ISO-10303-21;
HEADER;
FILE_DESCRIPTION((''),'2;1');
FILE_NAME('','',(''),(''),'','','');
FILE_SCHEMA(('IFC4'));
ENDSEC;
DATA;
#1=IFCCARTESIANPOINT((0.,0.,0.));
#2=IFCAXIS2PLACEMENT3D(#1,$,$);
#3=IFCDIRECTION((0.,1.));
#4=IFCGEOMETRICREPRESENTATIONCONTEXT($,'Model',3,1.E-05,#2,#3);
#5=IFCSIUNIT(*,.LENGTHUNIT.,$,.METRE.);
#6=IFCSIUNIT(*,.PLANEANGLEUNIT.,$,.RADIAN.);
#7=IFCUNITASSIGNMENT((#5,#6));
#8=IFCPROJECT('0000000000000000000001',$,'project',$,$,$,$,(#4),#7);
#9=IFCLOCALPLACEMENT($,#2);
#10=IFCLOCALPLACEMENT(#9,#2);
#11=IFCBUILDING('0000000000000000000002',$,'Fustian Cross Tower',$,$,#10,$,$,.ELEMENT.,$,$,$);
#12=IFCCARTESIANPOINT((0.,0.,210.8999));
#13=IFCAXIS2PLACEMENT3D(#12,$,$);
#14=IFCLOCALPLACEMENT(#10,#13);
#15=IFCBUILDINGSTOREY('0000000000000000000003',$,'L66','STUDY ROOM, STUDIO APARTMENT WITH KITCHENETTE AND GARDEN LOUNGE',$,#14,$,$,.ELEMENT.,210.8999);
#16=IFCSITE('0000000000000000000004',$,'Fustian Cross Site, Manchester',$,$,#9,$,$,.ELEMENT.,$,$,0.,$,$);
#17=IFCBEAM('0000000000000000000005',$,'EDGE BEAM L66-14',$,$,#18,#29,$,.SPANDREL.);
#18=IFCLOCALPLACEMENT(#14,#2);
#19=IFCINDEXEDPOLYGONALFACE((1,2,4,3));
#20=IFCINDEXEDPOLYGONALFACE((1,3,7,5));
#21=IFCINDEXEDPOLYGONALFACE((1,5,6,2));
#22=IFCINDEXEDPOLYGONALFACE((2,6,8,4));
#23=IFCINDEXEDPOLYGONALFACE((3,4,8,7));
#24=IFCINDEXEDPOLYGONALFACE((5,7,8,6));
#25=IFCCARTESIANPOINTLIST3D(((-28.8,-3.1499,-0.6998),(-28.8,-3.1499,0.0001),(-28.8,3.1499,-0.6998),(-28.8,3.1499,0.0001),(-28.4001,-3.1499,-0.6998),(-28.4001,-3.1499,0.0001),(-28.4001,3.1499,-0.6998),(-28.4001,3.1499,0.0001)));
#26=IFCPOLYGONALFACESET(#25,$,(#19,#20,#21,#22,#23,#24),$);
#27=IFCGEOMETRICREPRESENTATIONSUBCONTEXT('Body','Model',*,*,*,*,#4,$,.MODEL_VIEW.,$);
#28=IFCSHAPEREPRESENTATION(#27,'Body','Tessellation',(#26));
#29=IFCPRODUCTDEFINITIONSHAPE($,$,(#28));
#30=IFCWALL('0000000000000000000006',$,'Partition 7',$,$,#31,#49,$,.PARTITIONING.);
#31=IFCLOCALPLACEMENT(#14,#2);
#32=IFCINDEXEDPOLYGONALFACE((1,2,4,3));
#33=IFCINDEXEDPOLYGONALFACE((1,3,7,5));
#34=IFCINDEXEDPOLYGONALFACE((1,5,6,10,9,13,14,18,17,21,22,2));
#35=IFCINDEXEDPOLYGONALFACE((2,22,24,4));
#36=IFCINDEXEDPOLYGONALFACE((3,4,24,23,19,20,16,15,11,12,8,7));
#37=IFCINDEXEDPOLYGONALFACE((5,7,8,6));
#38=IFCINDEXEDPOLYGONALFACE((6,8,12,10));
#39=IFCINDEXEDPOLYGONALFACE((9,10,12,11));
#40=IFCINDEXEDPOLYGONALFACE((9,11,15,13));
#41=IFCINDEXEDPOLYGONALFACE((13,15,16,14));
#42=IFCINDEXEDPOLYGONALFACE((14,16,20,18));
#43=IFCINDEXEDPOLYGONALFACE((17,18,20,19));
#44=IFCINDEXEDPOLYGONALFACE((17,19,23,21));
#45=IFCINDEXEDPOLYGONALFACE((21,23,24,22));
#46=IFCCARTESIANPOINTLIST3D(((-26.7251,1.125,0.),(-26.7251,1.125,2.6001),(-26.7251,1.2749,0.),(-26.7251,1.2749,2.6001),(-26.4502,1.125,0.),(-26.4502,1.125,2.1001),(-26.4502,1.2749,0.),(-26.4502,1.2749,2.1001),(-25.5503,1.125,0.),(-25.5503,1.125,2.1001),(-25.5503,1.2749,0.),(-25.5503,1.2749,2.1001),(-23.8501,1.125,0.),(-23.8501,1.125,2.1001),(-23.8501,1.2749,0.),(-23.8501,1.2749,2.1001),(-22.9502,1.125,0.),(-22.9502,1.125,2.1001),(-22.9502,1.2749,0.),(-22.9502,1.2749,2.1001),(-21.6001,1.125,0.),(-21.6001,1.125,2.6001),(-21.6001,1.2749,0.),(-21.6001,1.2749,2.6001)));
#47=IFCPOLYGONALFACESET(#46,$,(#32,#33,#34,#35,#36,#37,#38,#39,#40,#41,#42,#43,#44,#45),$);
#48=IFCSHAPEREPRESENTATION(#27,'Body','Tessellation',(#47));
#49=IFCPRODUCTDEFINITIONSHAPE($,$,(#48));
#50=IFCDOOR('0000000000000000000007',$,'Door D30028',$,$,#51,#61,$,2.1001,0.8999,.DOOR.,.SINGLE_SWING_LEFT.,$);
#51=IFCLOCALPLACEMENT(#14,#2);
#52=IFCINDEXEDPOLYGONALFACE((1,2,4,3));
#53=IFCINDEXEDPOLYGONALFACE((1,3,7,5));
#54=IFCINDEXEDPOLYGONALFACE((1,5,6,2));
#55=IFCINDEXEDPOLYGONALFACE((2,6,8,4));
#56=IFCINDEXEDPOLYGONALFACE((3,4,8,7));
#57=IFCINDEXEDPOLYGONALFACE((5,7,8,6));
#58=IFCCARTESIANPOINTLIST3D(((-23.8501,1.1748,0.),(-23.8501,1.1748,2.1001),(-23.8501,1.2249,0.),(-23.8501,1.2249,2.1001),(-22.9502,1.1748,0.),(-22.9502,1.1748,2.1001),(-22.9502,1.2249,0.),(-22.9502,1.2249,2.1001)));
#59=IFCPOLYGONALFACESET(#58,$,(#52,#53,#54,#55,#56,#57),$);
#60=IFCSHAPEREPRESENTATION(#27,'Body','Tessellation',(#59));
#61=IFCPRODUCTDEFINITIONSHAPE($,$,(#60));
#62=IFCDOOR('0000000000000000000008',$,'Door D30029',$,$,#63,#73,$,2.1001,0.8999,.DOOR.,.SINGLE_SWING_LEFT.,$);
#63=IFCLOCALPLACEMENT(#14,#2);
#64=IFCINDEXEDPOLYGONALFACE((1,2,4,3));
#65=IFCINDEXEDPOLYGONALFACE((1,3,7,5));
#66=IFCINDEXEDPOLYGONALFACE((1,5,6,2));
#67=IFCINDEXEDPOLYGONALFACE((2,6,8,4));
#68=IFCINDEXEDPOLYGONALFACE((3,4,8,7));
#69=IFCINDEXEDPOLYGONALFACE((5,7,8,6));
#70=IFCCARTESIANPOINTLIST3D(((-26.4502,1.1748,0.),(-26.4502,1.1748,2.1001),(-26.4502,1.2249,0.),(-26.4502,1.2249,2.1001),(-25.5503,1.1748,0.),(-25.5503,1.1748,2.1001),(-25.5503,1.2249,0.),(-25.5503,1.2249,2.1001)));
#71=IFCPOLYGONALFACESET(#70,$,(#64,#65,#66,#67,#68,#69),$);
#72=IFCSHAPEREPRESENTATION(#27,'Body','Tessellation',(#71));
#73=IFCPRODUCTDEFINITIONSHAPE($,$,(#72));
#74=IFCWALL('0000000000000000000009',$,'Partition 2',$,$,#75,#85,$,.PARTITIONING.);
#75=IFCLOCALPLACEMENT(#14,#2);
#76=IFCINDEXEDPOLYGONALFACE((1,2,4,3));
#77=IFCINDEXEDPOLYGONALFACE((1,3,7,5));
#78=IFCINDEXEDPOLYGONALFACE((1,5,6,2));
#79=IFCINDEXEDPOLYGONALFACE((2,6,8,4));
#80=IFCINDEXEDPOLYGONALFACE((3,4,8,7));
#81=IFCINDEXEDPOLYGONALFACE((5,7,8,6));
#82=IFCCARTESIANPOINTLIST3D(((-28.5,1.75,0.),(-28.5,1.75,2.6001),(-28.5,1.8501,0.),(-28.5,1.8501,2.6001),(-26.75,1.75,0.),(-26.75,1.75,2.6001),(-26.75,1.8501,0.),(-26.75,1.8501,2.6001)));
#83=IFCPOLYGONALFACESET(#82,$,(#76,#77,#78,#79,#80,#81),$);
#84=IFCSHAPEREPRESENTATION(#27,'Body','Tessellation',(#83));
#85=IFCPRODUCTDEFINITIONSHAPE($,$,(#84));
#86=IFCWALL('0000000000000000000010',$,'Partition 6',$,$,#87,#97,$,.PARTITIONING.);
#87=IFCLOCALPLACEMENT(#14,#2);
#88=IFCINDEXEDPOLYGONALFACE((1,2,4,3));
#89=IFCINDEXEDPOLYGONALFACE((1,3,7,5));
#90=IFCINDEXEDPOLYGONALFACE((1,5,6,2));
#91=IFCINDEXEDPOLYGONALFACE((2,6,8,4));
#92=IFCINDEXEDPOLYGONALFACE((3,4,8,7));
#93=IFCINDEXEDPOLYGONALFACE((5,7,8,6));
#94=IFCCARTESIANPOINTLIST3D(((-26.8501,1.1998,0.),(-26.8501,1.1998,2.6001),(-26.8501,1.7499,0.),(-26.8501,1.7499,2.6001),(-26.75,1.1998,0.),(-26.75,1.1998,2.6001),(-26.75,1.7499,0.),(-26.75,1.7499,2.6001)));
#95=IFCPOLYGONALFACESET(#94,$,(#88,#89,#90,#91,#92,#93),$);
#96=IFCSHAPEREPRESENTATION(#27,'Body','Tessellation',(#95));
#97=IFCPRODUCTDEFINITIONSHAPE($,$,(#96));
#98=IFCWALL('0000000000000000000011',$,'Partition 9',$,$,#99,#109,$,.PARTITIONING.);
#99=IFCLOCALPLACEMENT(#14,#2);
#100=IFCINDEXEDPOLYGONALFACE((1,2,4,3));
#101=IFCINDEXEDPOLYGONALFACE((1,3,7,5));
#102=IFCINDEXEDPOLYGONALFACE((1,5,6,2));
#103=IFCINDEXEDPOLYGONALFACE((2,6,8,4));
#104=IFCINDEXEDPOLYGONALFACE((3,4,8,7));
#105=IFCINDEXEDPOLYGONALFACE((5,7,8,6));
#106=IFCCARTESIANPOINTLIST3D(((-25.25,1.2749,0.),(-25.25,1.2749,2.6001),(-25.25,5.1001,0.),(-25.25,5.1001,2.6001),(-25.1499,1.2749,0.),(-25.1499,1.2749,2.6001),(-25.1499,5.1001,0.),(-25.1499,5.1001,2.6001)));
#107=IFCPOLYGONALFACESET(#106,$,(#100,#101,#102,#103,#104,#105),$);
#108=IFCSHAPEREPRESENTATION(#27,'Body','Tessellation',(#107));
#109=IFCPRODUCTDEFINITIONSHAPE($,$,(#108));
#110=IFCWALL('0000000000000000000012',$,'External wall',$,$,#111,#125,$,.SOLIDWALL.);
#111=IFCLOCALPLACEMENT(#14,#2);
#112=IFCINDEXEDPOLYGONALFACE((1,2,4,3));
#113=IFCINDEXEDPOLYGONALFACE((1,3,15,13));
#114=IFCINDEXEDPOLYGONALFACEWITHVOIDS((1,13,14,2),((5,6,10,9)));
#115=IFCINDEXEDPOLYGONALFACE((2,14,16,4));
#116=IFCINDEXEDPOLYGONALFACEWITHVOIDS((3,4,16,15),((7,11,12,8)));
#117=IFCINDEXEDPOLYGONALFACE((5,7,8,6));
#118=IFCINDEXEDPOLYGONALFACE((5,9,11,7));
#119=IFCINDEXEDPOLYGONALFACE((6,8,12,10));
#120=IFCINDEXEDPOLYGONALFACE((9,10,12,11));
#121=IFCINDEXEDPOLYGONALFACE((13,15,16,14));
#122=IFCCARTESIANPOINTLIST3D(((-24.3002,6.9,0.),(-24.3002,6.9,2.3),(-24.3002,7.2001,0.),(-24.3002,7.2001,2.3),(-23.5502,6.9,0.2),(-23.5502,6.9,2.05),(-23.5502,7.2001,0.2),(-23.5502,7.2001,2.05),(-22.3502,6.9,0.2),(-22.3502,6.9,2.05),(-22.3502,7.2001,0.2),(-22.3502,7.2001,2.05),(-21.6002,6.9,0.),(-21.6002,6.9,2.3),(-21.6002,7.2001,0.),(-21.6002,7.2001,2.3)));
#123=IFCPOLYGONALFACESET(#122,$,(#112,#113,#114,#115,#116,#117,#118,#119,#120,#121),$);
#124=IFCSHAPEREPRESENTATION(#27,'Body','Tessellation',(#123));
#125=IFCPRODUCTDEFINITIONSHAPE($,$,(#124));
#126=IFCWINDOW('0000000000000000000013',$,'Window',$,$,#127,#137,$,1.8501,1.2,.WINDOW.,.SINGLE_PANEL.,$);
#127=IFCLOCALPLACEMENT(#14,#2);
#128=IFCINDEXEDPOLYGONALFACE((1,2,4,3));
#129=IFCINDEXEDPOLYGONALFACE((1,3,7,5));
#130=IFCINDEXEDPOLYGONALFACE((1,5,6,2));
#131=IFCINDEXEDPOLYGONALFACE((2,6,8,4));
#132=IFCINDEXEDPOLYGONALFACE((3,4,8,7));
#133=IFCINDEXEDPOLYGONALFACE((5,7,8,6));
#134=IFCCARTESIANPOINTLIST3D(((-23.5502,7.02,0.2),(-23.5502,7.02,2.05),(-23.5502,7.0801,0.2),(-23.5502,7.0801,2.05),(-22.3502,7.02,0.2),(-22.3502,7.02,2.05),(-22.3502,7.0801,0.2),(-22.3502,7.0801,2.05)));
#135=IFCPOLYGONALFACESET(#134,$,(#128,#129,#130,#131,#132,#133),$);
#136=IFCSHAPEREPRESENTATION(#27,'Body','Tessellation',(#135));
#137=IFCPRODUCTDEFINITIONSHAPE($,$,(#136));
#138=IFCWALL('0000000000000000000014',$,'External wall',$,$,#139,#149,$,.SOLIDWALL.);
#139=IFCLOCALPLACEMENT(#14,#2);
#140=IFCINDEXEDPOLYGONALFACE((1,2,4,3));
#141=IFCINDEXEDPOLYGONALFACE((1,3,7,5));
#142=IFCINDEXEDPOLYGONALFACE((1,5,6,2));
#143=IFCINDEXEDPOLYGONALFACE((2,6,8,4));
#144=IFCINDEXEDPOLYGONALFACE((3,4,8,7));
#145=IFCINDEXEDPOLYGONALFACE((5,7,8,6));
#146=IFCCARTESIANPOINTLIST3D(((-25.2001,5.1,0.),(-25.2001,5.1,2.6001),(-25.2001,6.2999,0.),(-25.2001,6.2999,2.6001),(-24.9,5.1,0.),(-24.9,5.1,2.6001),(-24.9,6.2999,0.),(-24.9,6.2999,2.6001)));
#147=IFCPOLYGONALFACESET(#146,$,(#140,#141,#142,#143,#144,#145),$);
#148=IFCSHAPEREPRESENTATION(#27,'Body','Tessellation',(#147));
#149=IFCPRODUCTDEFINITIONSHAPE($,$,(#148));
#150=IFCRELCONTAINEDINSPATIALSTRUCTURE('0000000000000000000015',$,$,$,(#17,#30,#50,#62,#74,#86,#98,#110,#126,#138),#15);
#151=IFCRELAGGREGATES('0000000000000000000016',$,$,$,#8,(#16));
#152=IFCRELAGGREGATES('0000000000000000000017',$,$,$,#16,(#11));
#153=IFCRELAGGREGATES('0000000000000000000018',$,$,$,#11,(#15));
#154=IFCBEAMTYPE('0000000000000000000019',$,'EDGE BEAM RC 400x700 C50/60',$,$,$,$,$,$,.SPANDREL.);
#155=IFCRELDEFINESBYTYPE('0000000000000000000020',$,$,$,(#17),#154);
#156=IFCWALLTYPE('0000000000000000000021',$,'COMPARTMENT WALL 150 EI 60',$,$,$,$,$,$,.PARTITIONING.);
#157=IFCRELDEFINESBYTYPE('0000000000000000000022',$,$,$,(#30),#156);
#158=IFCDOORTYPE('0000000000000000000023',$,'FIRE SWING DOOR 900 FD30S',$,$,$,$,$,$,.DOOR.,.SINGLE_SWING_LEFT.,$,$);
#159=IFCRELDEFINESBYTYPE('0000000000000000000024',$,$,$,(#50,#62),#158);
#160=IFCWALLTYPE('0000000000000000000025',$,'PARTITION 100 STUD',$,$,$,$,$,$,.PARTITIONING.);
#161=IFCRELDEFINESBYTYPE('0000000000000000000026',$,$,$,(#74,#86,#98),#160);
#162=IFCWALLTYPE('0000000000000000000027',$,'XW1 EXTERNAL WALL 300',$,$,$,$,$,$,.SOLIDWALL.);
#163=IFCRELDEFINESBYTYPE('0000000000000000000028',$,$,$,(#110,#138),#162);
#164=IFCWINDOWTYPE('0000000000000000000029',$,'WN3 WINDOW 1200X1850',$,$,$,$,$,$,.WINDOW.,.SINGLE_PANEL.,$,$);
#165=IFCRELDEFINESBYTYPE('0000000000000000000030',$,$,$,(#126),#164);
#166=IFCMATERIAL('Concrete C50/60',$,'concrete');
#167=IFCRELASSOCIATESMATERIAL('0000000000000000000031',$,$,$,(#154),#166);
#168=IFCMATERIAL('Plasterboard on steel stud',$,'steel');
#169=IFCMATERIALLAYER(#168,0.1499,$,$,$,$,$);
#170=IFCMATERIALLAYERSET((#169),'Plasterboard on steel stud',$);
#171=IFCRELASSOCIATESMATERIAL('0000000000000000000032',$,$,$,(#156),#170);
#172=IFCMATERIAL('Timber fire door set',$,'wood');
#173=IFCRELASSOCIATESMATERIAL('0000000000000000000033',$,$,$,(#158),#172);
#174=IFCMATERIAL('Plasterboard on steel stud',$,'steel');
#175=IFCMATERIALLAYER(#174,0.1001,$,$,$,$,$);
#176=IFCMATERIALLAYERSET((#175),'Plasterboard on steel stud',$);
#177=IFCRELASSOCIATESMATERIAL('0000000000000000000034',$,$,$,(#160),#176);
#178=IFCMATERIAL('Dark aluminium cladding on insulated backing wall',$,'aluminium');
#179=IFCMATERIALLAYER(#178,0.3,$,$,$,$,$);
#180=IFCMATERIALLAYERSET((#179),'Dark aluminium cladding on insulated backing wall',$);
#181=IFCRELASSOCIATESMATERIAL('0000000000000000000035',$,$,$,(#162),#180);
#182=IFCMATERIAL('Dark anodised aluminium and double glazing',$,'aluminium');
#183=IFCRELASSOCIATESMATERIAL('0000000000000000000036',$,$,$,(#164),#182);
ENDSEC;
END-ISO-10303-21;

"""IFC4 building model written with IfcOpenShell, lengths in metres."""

from ifc_helpers import new_model, si_unit, direction, frame, frame_2d, origin, origin_2d, place, context, subcontext, project, spatial, rectangle, extrude, material, layer, layer_set, material_profile, profile_set, type_object, element, fill, save


model = new_model("IFC4")

# Units and contexts
model_context = context("Model", 3, precision=1e-05, world=origin(), true_north=direction((0.0, 1.0)))
body_context = subcontext(model_context, "Body", "Model", "MODEL_VIEW")
ifc_project = project(units=[si_unit("LENGTHUNIT", "METRE"), si_unit("PLANEANGLEUNIT", "RADIAN")], contexts=[model_context])

# Site, building, storey
site_placement = place(None, origin())
site = spatial("IfcSite", under=ifc_project, at=site_placement, Name="Fustian Cross Site, Manchester", CompositionType="ELEMENT", RefElevation=0.0)
building_placement = place(site_placement, origin())
building = spatial("IfcBuilding", under=site, at=building_placement, Name="Fustian Cross Tower", CompositionType="ELEMENT")
storey_placement = place(building_placement, frame((0.0, 0.0, 210.8999)))
storey = spatial("IfcBuildingStorey", under=building, at=storey_placement, Name="L66", Description="STUDY ROOM, STUDIO APARTMENT WITH KITCHENETTE AND GARDEN LOUNGE", CompositionType="ELEMENT", Elevation=210.8999)

# Beam
ifc_material_1 = material(Name="Concrete C50/60", Category="concrete")
ifc_material_profile_1 = material_profile(ifc_material_1, rectangle(XDim=0.3999, YDim=0.7, at=origin_2d()), Name="RC 400x700")
ifc_profile_set_1 = profile_set([ifc_material_profile_1], Name="Concrete C50/60")
beam_type = type_object("IfcBeamType", Name="EDGE BEAM RC 400x700 C50/60", PredefinedType="SPANDREL", material=ifc_profile_set_1)
beam_1_placement = place(storey_placement, frame((-28.6001, 3.1499, -0.3499), z_axis=(0.0, -1.0, 0.0), x_axis=(1.0, 0.0, 0.0)))
element("IfcBeam", 1, at=beam_1_placement, inside=storey, type_object=beam_type, Name="EDGE BEAM L66-14", PredefinedType="SPANDREL", context=body_context, shape_type="SweptSolid", body=[
    extrude(rectangle(XDim=0.3999, YDim=0.7, at=origin_2d()), origin(), (0.0, 0.0, 1.0), 6.2998),
])

# Wall, openings, doors
ifc_material_2 = material(Name="Plasterboard on steel stud", Category="steel")
ifc_layer_1 = layer(ifc_material_2, 0.1499)
ifc_layer_set_1 = layer_set([ifc_layer_1], Name="Plasterboard on steel stud")
wall_type_1 = type_object("IfcWallType", Name="COMPARTMENT WALL 150 EI 60", PredefinedType="PARTITIONING", material=ifc_layer_set_1)
wall_1_placement = place(storey_placement, frame((-26.7251, 1.2, 0.0), z_axis=(0.0, 0.0, 1.0), x_axis=(1.0, 0.0, 0.0)))
wall_1 = element("IfcWall", 2, at=wall_1_placement, inside=storey, type_object=wall_type_1, Name="Partition 7", PredefinedType="PARTITIONING", context=body_context, shape_type="SweptSolid", body=[
    extrude(rectangle(XDim=5.125, YDim=0.1499, at=frame_2d((2.5625, 0.0))), origin(), (0.0, 0.0, 1.0), 2.6001),
])
opening_1_placement = place(wall_1_placement, frame((2.875, 0.0, 0.0)))
opening_1 = element("IfcOpeningElement", 3, at=opening_1_placement, cuts=wall_1, PredefinedType="OPENING", context=body_context, shape_type="SweptSolid", body=[
    extrude(rectangle(XDim=0.8999, YDim=2.1001, at=frame_2d((0.45, 1.05))), frame((0.0, 0.085, 0.0), z_axis=(0.0, -1.0, 0.0), x_axis=(1.0, 0.0, 0.0)), (0.0, 0.0, 1.0), 0.1699),
])
opening_2_placement = place(wall_1_placement, frame((0.2749, 0.0, 0.0)))
opening_2 = element("IfcOpeningElement", 4, at=opening_2_placement, cuts=wall_1, PredefinedType="OPENING", context=body_context, shape_type="SweptSolid", body=[
    extrude(rectangle(XDim=0.8999, YDim=2.1001, at=frame_2d((0.45, 1.05))), frame((0.0, 0.085, 0.0), z_axis=(0.0, -1.0, 0.0), x_axis=(1.0, 0.0, 0.0)), (0.0, 0.0, 1.0), 0.1699),
])
ifc_material_3 = material(Name="Timber fire door set", Category="wood")
door_type = type_object("IfcDoorType", Name="FIRE SWING DOOR 900 FD30S", OperationType="SINGLE_SWING_LEFT", PredefinedType="DOOR", material=ifc_material_3)
door_1_placement = place(opening_1_placement, origin())
door_1 = element("IfcDoor", 5, at=door_1_placement, inside=storey, type_object=door_type, Name="Door D30028", OperationType="SINGLE_SWING_LEFT", OverallHeight=2.1001, OverallWidth=0.8999, PredefinedType="DOOR", context=body_context, shape_type="SweptSolid", body=[
    extrude(rectangle(XDim=0.8999, YDim=2.1001, at=frame_2d((0.45, 1.05))), frame((0.0, 0.0249, 0.0), z_axis=(0.0, -1.0, 0.0), x_axis=(1.0, 0.0, 0.0)), (0.0, 0.0, 1.0), 0.05),
])
fill(opening_1, door_1)
door_2_placement = place(opening_2_placement, origin())
door_2 = element("IfcDoor", 6, at=door_2_placement, inside=storey, type_object=door_type, Name="Door D30029", OperationType="SINGLE_SWING_LEFT", OverallHeight=2.1001, OverallWidth=0.8999, PredefinedType="DOOR", context=body_context, shape_type="SweptSolid", body=[
    extrude(rectangle(XDim=0.8999, YDim=2.1001, at=frame_2d((0.45, 1.05))), frame((0.0, 0.0249, 0.0), z_axis=(0.0, -1.0, 0.0), x_axis=(1.0, 0.0, 0.0)), (0.0, 0.0, 1.0), 0.05),
])
fill(opening_2, door_2)

# Walls
ifc_material_4 = material(Name="Plasterboard on steel stud", Category="steel")
ifc_layer_2 = layer(ifc_material_4, 0.1001)
ifc_layer_set_2 = layer_set([ifc_layer_2], Name="Plasterboard on steel stud")
wall_type_2 = type_object("IfcWallType", Name="PARTITION 100 STUD", PredefinedType="PARTITIONING", material=ifc_layer_set_2)
wall_2_placement = place(storey_placement, frame((-28.5, 1.8, 0.0), z_axis=(0.0, 0.0, 1.0), x_axis=(1.0, 0.0, 0.0)))
element("IfcWall", 7, at=wall_2_placement, inside=storey, type_object=wall_type_2, Name="Partition 2", PredefinedType="PARTITIONING", context=body_context, shape_type="SweptSolid", body=[
    extrude(rectangle(XDim=1.75, YDim=0.1001, at=frame_2d((0.875, 0.0))), origin(), (0.0, 0.0, 1.0), 2.6001),
])
wall_3_placement = place(storey_placement, frame((-26.8, 1.2, 0.0), z_axis=(0.0, 0.0, 1.0), x_axis=(0.0, 1.0, 0.0)))
element("IfcWall", 8, at=wall_3_placement, inside=storey, type_object=wall_type_2, Name="Partition 6", PredefinedType="PARTITIONING", context=body_context, shape_type="SweptSolid", body=[
    extrude(rectangle(XDim=0.55, YDim=0.1001, at=frame_2d((0.2749, 0.0))), origin(), (0.0, 0.0, 1.0), 2.6001),
])
wall_4_placement = place(storey_placement, frame((-25.2, 1.2749, 0.0), z_axis=(0.0, 0.0, 1.0), x_axis=(0.0, 1.0, 0.0)))
element("IfcWall", 9, at=wall_4_placement, inside=storey, type_object=wall_type_2, Name="Partition 9", PredefinedType="PARTITIONING", context=body_context, shape_type="SweptSolid", body=[
    extrude(rectangle(XDim=3.8252, YDim=0.1001, at=frame_2d((1.9126, 0.0))), origin(), (0.0, 0.0, 1.0), 2.6001),
])

# Wall, opening, window
ifc_material_5 = material(Name="Dark aluminium cladding on insulated backing wall", Category="aluminium")
ifc_layer_3 = layer(ifc_material_5, 0.3)
ifc_layer_set_3 = layer_set([ifc_layer_3], Name="Dark aluminium cladding on insulated backing wall")
wall_type_3 = type_object("IfcWallType", Name="XW1 EXTERNAL WALL 300", PredefinedType="SOLIDWALL", material=ifc_layer_set_3)
wall_5_placement = place(storey_placement, frame((-21.6001, 7.05, 0.0), z_axis=(0.0, 0.0, 1.0), x_axis=(-1.0, 0.0, 0.0)))
wall_5 = element("IfcWall", 10, at=wall_5_placement, inside=storey, type_object=wall_type_3, Name="External wall", PredefinedType="SOLIDWALL", context=body_context, shape_type="SweptSolid", body=[
    extrude(rectangle(XDim=2.7, YDim=0.3, at=frame_2d((1.3501, 0.0))), origin(), (0.0, 0.0, 1.0), 2.3),
])
opening_3_placement = place(wall_5_placement, frame((0.75, 0.0, 0.2)))
opening_3 = element("IfcOpeningElement", 11, at=opening_3_placement, cuts=wall_5, PredefinedType="OPENING", context=body_context, shape_type="SweptSolid", body=[
    extrude(rectangle(XDim=1.2, YDim=1.8501, at=frame_2d((0.6001, 0.925))), frame((0.0, 0.1599, 0.0), z_axis=(0.0, -1.0, 0.0), x_axis=(1.0, 0.0, 0.0)), (0.0, 0.0, 1.0), 0.3201),
])
ifc_material_6 = material(Name="Dark anodised aluminium and double glazing", Category="aluminium")
window_type_1 = type_object("IfcWindowType", Name="WN3 WINDOW 1200X1850", PartitioningType="SINGLE_PANEL", PredefinedType="WINDOW", material=ifc_material_6)
window_1_placement = place(opening_3_placement, origin())
window_1 = element("IfcWindow", 12, at=window_1_placement, inside=storey, type_object=window_type_1, Name="Window", OverallHeight=1.8501, OverallWidth=1.2, PartitioningType="SINGLE_PANEL", PredefinedType="WINDOW", context=body_context, shape_type="SweptSolid", body=[
    extrude(rectangle(XDim=1.2, YDim=1.8501, at=frame_2d((0.6001, 0.925))), frame((0.0, 0.03, 0.0), z_axis=(0.0, -1.0, 0.0), x_axis=(1.0, 0.0, 0.0)), (0.0, 0.0, 1.0), 0.0601),
])
fill(opening_3, window_1)

# Wall
wall_6_placement = place(storey_placement, frame((-25.05, 6.3, 0.0), z_axis=(0.0, 0.0, 1.0), x_axis=(0.0, -1.0, 0.0)))
element("IfcWall", 13, at=wall_6_placement, inside=storey, type_object=wall_type_3, Name="External wall", PredefinedType="SOLIDWALL", context=body_context, shape_type="SweptSolid", body=[
    extrude(rectangle(XDim=1.2, YDim=0.3, at=frame_2d((0.6001, 0.0))), origin(), (0.0, 0.0, 1.0), 2.6001),
])

save(model, "model.ifc")
